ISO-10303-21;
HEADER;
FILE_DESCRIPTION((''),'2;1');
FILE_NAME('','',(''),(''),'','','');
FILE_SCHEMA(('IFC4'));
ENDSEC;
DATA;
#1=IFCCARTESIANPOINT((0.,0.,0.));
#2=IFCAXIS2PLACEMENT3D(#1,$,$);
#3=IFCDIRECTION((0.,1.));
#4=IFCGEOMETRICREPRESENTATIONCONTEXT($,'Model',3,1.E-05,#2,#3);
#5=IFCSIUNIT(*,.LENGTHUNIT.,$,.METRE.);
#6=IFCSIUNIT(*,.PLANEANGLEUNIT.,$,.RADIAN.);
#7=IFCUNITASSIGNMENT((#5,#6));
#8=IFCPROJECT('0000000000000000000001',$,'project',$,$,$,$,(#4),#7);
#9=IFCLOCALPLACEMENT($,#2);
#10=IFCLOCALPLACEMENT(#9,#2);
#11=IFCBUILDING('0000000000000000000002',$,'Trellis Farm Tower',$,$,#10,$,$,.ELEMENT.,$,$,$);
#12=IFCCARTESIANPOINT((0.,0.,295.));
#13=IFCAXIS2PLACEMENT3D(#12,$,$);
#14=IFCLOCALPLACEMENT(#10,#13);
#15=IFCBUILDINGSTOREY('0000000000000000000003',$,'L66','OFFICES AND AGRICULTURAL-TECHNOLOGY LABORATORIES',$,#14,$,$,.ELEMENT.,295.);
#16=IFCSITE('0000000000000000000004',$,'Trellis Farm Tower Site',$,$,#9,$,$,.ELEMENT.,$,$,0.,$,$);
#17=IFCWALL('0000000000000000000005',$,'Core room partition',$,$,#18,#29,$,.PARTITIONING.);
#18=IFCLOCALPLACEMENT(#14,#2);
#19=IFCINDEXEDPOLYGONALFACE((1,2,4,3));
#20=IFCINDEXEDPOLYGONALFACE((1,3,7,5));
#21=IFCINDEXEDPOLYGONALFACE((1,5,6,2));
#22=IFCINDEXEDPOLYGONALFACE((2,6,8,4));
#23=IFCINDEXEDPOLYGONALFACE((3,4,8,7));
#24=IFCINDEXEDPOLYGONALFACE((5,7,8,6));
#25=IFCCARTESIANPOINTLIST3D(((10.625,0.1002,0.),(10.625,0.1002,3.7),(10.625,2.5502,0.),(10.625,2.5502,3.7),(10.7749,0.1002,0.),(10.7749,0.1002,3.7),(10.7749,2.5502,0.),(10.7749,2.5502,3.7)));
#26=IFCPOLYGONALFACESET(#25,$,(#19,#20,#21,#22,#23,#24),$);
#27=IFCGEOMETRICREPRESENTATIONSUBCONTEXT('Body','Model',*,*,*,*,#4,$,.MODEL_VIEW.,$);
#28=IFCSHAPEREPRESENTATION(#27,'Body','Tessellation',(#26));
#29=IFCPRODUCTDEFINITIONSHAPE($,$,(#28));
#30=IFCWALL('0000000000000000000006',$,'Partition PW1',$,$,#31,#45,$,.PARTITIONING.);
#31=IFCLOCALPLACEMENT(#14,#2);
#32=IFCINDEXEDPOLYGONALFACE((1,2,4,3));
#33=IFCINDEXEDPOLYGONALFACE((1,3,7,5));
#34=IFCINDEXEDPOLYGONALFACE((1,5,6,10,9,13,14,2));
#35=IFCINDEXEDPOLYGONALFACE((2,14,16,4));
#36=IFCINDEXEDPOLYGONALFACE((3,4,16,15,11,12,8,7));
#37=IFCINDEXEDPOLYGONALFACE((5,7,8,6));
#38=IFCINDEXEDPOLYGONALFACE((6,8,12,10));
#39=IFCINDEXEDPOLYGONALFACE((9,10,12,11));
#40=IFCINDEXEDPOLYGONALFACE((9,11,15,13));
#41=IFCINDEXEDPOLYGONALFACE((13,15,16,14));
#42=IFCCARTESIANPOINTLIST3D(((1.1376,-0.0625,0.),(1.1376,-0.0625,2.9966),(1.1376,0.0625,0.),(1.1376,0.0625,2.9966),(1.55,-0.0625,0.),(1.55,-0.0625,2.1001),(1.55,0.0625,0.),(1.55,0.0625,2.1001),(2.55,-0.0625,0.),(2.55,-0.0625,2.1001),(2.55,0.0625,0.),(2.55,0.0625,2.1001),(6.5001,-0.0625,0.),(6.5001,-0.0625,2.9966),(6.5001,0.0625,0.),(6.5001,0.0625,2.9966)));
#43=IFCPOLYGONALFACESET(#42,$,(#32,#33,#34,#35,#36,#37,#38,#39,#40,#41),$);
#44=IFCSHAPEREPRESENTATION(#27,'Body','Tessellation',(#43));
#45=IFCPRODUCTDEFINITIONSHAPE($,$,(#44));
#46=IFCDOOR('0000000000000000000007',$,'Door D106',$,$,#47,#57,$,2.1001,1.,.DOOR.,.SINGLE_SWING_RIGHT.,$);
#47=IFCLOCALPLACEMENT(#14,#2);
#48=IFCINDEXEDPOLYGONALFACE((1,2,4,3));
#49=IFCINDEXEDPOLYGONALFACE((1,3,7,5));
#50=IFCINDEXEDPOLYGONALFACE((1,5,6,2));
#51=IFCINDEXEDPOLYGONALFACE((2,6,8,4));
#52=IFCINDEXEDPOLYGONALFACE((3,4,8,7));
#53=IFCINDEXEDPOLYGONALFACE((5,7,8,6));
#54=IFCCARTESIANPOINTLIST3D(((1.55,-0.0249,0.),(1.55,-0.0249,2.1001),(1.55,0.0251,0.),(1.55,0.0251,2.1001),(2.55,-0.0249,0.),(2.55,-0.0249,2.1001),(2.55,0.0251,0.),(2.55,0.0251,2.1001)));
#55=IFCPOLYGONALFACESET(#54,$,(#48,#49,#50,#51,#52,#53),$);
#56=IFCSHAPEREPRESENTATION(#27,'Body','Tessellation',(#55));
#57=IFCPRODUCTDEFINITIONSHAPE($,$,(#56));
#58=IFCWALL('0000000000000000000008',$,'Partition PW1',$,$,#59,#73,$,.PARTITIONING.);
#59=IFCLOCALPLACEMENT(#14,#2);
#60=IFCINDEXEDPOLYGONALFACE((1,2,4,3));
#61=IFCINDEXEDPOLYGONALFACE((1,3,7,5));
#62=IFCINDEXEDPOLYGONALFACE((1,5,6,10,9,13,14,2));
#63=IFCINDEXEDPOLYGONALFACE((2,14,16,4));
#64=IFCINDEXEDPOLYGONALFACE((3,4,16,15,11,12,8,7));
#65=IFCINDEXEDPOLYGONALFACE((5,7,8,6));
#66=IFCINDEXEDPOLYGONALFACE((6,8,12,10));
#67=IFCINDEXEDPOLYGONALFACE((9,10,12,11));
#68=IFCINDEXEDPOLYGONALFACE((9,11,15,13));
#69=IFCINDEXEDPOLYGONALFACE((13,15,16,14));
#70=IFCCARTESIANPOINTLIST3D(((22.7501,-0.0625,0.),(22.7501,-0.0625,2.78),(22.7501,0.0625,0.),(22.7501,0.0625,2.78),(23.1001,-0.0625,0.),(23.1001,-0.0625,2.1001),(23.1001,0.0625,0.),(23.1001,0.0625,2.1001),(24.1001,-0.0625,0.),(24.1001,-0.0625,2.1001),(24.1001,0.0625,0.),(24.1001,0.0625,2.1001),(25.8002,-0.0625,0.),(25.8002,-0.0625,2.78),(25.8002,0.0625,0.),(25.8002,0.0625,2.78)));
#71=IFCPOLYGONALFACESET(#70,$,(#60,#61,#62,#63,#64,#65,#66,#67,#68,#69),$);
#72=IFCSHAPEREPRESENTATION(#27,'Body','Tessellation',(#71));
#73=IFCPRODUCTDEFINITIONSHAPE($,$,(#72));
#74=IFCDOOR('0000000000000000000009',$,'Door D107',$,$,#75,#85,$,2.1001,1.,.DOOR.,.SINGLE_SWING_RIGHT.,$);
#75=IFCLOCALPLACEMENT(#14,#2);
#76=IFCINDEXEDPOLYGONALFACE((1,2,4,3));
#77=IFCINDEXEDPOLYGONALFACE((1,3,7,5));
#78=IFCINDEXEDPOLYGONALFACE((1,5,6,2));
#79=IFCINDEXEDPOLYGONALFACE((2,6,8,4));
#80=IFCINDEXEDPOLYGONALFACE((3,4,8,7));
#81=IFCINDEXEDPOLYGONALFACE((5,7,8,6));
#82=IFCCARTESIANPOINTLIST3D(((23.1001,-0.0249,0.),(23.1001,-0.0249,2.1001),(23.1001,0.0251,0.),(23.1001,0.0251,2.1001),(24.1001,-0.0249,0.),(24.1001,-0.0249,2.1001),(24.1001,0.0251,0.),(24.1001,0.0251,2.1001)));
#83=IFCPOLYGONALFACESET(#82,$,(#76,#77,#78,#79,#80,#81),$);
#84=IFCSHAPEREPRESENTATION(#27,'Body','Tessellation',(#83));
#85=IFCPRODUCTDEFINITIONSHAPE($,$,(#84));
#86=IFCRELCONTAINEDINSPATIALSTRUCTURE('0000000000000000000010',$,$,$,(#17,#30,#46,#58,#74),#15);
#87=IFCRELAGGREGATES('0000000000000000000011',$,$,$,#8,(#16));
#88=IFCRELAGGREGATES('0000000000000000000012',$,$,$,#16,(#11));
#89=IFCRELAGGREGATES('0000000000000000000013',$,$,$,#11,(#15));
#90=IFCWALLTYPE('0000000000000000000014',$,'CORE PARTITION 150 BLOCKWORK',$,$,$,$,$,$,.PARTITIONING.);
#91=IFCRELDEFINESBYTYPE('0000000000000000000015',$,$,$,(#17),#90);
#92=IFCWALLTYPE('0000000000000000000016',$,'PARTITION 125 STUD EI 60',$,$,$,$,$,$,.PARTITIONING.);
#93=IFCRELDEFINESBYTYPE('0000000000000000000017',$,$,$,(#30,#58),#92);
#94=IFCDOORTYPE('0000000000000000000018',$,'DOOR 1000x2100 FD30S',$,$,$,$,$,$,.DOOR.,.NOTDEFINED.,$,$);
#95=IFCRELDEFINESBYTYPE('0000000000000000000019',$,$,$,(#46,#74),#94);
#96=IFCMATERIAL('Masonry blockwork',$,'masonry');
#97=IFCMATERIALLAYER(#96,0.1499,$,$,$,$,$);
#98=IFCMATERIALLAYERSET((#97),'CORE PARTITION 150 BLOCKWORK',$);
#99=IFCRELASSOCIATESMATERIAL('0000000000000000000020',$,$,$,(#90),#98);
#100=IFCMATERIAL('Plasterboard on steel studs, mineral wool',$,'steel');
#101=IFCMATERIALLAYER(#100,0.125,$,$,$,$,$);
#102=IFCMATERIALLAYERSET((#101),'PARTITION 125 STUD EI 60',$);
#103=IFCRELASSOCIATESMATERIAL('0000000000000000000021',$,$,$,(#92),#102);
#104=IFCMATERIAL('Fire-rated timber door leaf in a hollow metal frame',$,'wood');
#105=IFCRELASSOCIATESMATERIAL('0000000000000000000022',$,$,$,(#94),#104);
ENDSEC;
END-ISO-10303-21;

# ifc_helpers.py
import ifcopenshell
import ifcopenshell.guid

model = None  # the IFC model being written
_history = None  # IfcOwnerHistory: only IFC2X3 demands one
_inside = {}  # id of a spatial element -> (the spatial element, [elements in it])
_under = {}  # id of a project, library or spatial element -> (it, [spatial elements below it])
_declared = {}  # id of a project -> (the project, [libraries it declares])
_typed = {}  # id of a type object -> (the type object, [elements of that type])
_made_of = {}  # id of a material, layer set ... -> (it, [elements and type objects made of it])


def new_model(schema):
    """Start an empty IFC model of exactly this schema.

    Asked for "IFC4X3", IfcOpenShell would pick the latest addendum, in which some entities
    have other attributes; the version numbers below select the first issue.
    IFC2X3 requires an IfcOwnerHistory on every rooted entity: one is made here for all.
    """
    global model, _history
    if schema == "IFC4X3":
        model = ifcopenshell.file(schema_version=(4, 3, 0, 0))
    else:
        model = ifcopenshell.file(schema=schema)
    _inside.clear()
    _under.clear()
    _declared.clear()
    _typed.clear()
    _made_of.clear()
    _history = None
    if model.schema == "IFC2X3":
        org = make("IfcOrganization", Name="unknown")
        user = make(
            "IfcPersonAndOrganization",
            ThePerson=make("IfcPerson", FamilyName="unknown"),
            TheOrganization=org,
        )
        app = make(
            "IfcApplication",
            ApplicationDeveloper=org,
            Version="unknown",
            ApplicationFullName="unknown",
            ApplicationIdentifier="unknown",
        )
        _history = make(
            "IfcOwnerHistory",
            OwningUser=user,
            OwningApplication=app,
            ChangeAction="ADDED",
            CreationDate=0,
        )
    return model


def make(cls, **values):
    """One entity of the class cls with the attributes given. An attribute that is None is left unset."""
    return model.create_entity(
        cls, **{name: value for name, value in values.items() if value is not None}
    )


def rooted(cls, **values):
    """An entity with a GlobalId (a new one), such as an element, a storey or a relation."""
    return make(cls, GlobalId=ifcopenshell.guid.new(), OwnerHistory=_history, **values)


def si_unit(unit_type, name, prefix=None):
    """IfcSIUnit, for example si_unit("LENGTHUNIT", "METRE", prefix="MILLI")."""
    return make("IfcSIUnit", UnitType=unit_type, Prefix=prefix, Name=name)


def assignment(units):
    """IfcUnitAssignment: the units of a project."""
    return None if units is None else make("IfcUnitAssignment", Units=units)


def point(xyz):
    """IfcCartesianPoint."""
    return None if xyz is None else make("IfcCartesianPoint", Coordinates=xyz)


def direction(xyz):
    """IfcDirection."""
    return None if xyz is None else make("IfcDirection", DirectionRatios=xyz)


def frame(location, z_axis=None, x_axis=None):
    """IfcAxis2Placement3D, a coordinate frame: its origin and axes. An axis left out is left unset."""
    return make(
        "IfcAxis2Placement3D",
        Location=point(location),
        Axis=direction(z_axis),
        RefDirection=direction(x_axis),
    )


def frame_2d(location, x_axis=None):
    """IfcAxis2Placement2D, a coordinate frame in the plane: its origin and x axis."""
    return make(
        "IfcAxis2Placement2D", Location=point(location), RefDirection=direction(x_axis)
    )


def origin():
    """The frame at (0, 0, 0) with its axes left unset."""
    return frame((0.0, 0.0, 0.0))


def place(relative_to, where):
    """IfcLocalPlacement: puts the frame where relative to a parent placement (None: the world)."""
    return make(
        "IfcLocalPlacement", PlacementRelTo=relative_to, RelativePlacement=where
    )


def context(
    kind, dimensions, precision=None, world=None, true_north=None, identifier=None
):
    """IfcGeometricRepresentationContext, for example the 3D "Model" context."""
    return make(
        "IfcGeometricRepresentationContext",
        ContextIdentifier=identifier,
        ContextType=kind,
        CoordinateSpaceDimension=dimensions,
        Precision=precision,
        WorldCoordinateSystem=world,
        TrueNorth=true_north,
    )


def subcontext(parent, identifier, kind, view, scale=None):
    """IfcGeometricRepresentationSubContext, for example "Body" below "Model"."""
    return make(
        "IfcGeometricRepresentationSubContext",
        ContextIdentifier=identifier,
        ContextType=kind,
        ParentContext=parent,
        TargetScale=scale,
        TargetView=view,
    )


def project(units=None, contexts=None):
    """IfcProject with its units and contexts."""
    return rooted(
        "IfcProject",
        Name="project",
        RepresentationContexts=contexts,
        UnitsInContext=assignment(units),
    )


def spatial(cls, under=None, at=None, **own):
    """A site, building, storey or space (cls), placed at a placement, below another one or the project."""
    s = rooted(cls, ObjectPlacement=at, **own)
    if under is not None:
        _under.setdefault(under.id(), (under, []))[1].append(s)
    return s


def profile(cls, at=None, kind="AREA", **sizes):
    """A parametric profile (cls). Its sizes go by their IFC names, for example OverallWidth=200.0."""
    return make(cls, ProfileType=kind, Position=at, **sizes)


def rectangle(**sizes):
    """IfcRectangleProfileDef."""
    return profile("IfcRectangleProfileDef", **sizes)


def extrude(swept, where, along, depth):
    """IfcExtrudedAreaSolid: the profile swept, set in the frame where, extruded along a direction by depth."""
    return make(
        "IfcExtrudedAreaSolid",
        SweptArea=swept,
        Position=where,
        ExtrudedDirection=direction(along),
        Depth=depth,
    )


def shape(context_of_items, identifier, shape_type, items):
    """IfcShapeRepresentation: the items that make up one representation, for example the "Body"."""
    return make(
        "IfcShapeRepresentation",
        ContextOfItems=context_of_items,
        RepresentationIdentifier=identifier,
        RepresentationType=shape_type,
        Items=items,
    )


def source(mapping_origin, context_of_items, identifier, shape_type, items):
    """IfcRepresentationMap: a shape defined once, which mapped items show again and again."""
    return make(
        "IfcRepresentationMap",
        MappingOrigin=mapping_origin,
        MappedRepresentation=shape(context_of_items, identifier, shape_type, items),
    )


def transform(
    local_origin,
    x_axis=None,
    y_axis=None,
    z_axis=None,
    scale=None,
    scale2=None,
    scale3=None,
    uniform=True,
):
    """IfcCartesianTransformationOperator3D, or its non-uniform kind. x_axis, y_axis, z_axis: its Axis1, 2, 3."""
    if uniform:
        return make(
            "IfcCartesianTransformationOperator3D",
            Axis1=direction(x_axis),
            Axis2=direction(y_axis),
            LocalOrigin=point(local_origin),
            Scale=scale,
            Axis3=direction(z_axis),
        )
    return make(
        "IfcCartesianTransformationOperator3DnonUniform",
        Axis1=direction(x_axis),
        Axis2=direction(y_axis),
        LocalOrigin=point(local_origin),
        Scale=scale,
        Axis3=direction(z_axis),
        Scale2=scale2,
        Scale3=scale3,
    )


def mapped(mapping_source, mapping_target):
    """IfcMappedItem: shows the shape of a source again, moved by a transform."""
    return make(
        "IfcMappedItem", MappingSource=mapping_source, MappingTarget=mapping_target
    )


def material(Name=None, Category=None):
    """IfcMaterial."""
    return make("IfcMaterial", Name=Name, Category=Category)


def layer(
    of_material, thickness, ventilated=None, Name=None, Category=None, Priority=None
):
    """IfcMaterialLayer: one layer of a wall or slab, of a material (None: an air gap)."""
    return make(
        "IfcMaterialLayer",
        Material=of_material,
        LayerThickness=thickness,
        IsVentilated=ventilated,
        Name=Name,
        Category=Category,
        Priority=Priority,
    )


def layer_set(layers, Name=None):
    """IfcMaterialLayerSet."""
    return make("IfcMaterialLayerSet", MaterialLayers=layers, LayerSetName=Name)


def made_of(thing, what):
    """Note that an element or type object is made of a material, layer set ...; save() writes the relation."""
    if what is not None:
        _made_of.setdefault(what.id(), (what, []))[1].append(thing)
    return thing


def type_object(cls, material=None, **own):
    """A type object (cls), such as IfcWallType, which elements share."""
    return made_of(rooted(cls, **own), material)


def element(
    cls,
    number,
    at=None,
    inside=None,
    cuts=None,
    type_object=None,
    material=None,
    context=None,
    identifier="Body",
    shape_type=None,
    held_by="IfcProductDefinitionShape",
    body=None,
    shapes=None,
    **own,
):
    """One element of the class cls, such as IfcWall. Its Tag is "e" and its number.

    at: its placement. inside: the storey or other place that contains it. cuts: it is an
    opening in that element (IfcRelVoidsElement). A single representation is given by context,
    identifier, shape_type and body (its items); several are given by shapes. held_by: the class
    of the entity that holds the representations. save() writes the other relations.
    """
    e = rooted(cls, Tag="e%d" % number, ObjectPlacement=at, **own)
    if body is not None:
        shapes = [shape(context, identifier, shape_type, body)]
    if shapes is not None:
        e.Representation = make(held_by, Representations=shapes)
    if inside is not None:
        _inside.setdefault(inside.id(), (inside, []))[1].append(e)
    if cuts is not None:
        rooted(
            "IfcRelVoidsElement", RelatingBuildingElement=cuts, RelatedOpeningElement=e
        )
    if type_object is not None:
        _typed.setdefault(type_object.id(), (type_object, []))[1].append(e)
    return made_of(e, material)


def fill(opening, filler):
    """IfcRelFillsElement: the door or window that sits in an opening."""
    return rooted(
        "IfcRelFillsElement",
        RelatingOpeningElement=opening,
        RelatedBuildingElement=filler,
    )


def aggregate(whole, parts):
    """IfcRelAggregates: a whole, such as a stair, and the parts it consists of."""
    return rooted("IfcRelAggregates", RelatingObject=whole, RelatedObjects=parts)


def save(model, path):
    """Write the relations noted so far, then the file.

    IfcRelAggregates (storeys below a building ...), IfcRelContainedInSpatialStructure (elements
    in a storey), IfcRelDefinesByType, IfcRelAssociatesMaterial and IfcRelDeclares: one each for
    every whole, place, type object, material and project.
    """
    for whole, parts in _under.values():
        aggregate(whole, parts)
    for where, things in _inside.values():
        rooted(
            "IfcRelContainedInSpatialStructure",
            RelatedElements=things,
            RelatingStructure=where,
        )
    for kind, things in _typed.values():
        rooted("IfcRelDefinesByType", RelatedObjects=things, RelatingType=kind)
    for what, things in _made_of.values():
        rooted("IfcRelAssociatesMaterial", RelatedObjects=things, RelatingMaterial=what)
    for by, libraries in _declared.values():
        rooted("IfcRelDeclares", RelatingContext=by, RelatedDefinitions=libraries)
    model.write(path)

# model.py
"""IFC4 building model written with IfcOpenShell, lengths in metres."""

from ifc_helpers import new_model, si_unit, direction, frame, frame_2d, origin, place, context, subcontext, project, spatial, rectangle, extrude, source, transform, mapped, material, layer, layer_set, type_object, element, fill, save


model = new_model("IFC4")

# Units and contexts
model_context = context("Model", 3, precision=1e-05, world=origin(), true_north=direction((0.0, 1.0)))
body_context = subcontext(model_context, "Body", "Model", "MODEL_VIEW")
ifc_project = project(units=[si_unit("LENGTHUNIT", "METRE"), si_unit("PLANEANGLEUNIT", "RADIAN")], contexts=[model_context])

# Site, building, storey
site_placement = place(None, origin())
site = spatial("IfcSite", under=ifc_project, at=site_placement, Name="Trellis Farm Tower Site", CompositionType="ELEMENT", RefElevation=0.0)
building_placement = place(site_placement, origin())
building = spatial("IfcBuilding", under=site, at=building_placement, Name="Trellis Farm Tower", CompositionType="ELEMENT")
storey_placement = place(building_placement, frame((0.0, 0.0, 295.0)))
storey = spatial("IfcBuildingStorey", under=building, at=storey_placement, Name="L66", Description="OFFICES AND AGRICULTURAL-TECHNOLOGY LABORATORIES", CompositionType="ELEMENT", Elevation=295.0)

# Shared definitions
ifc_material_1 = material(Name="Masonry blockwork", Category="masonry")

# Wall
ifc_layer_1 = layer(ifc_material_1, 0.1499)
ifc_layer_set_1 = layer_set([ifc_layer_1], Name="CORE PARTITION 150 BLOCKWORK")
wall_type_1 = type_object("IfcWallType", Name="CORE PARTITION 150 BLOCKWORK", PredefinedType="PARTITIONING", material=ifc_layer_set_1)
shared_shape_1 = source(origin(), body_context, "Body", "SweptSolid", [
    extrude(rectangle(XDim=2.45, YDim=0.1499, at=frame_2d((1.2251, 0.0))), origin(), (0.0, 0.0, 1.0), 3.7),
])
for number, where, z_axis, x_axis, name in (
    (1, (10.7, 0.1001, 0.0), (0.0, 0.0, 1.0), (0.0, 1.0, 0.0), "Core room partition"),
):
    element("IfcWall", number, at=place(storey_placement, frame(where, z_axis=z_axis, x_axis=x_axis)), inside=storey, type_object=wall_type_1, Name=name, PredefinedType="PARTITIONING", context=body_context, shape_type="MappedRepresentation", body=[
        mapped(shared_shape_1, transform((0.0, 0.0, 0.0))),
    ])

# Walls, openings, doors
ifc_material_2 = material(Name="Plasterboard on steel studs, mineral wool", Category="steel")
ifc_layer_2 = layer(ifc_material_2, 0.125)
ifc_layer_set_2 = layer_set([ifc_layer_2], Name="PARTITION 125 STUD EI 60")
wall_type_2 = type_object("IfcWallType", Name="PARTITION 125 STUD EI 60", PredefinedType="PARTITIONING", material=ifc_layer_set_2)
shared_shape_2 = source(origin(), body_context, "Body", "SweptSolid", [
    extrude(rectangle(XDim=5.3625, YDim=0.125, at=frame_2d((2.6812, 0.0))), origin(), (0.0, 0.0, 1.0), 2.9966),
])
wall_1_placement = place(storey_placement, frame((6.5, 0.0, 0.0), z_axis=(0.0, 0.0, 1.0), x_axis=(-1.0, 0.0, 0.0)))
wall_1 = element("IfcWall", 2, at=wall_1_placement, inside=storey, type_object=wall_type_2, Name="Partition PW1", PredefinedType="PARTITIONING", context=body_context, shape_type="MappedRepresentation", body=[
    mapped(shared_shape_2, transform((0.0, 0.0, 0.0))),
])
shared_shape_3 = source(origin(), body_context, "Body", "SweptSolid", [
    extrude(rectangle(XDim=1.0, YDim=2.1001, at=frame_2d((0.5, 1.05))), frame((0.0, 0.0725, 0.0), z_axis=(0.0, -1.0, 0.0), x_axis=(1.0, 0.0, 0.0)), (0.0, 0.0, 1.0), 0.145),
])
opening_1_placement = place(wall_1_placement, frame((3.95, 0.0, 0.0)))
opening_1 = element("IfcOpeningElement", 3, at=opening_1_placement, cuts=wall_1, PredefinedType="OPENING", context=body_context, shape_type="MappedRepresentation", body=[
    mapped(shared_shape_3, transform((0.0, 0.0, 0.0))),
])
ifc_material_3 = material(Name="Fire-rated timber door leaf in a hollow metal frame", Category="wood")
door_type_1 = type_object("IfcDoorType", Name="DOOR 1000x2100 FD30S", OperationType="NOTDEFINED", PredefinedType="DOOR", material=ifc_material_3)
shared_shape_4 = source(origin(), body_context, "Body", "SweptSolid", [
    extrude(rectangle(XDim=1.0, YDim=2.1001, at=frame_2d((0.5, 1.05))), frame((0.0, 0.0249, 0.0), z_axis=(0.0, -1.0, 0.0), x_axis=(1.0, 0.0, 0.0)), (0.0, 0.0, 1.0), 0.05),
])
door_1_placement = place(opening_1_placement, origin())
door_1 = element("IfcDoor", 4, at=door_1_placement, inside=storey, type_object=door_type_1, Name="Door D106", OperationType="SINGLE_SWING_RIGHT", OverallHeight=2.1001, OverallWidth=1.0, PredefinedType="DOOR", context=body_context, shape_type="MappedRepresentation", body=[
    mapped(shared_shape_4, transform((0.0, 0.0, 0.0))),
])
fill(opening_1, door_1)
shared_shape_5 = source(origin(), body_context, "Body", "SweptSolid", [
    extrude(rectangle(XDim=3.05, YDim=0.125, at=frame_2d((1.5249, 0.0))), origin(), (0.0, 0.0, 1.0), 2.78),
])
wall_2_placement = place(storey_placement, frame((25.8, 0.0, 0.0), z_axis=(0.0, 0.0, 1.0), x_axis=(-1.0, 0.0, 0.0)))
wall_2 = element("IfcWall", 5, at=wall_2_placement, inside=storey, type_object=wall_type_2, Name="Partition PW1", PredefinedType="PARTITIONING", context=body_context, shape_type="MappedRepresentation", body=[
    mapped(shared_shape_5, transform((0.0, 0.0, 0.0))),
])
opening_2_placement = place(wall_2_placement, frame((1.7, 0.0, 0.0)))
opening_2 = element("IfcOpeningElement", 6, at=opening_2_placement, cuts=wall_2, PredefinedType="OPENING", context=body_context, shape_type="MappedRepresentation", body=[
    mapped(shared_shape_3, transform((0.0, 0.0, 0.0))),
])
door_2_placement = place(opening_2_placement, origin())
door_2 = element("IfcDoor", 7, at=door_2_placement, inside=storey, type_object=door_type_1, Name="Door D107", OperationType="SINGLE_SWING_RIGHT", OverallHeight=2.1001, OverallWidth=1.0, PredefinedType="DOOR", context=body_context, shape_type="MappedRepresentation", body=[
    mapped(shared_shape_4, transform((0.0, 0.0, 0.0))),
])
fill(opening_2, door_2)

save(model, "model.ifc")
